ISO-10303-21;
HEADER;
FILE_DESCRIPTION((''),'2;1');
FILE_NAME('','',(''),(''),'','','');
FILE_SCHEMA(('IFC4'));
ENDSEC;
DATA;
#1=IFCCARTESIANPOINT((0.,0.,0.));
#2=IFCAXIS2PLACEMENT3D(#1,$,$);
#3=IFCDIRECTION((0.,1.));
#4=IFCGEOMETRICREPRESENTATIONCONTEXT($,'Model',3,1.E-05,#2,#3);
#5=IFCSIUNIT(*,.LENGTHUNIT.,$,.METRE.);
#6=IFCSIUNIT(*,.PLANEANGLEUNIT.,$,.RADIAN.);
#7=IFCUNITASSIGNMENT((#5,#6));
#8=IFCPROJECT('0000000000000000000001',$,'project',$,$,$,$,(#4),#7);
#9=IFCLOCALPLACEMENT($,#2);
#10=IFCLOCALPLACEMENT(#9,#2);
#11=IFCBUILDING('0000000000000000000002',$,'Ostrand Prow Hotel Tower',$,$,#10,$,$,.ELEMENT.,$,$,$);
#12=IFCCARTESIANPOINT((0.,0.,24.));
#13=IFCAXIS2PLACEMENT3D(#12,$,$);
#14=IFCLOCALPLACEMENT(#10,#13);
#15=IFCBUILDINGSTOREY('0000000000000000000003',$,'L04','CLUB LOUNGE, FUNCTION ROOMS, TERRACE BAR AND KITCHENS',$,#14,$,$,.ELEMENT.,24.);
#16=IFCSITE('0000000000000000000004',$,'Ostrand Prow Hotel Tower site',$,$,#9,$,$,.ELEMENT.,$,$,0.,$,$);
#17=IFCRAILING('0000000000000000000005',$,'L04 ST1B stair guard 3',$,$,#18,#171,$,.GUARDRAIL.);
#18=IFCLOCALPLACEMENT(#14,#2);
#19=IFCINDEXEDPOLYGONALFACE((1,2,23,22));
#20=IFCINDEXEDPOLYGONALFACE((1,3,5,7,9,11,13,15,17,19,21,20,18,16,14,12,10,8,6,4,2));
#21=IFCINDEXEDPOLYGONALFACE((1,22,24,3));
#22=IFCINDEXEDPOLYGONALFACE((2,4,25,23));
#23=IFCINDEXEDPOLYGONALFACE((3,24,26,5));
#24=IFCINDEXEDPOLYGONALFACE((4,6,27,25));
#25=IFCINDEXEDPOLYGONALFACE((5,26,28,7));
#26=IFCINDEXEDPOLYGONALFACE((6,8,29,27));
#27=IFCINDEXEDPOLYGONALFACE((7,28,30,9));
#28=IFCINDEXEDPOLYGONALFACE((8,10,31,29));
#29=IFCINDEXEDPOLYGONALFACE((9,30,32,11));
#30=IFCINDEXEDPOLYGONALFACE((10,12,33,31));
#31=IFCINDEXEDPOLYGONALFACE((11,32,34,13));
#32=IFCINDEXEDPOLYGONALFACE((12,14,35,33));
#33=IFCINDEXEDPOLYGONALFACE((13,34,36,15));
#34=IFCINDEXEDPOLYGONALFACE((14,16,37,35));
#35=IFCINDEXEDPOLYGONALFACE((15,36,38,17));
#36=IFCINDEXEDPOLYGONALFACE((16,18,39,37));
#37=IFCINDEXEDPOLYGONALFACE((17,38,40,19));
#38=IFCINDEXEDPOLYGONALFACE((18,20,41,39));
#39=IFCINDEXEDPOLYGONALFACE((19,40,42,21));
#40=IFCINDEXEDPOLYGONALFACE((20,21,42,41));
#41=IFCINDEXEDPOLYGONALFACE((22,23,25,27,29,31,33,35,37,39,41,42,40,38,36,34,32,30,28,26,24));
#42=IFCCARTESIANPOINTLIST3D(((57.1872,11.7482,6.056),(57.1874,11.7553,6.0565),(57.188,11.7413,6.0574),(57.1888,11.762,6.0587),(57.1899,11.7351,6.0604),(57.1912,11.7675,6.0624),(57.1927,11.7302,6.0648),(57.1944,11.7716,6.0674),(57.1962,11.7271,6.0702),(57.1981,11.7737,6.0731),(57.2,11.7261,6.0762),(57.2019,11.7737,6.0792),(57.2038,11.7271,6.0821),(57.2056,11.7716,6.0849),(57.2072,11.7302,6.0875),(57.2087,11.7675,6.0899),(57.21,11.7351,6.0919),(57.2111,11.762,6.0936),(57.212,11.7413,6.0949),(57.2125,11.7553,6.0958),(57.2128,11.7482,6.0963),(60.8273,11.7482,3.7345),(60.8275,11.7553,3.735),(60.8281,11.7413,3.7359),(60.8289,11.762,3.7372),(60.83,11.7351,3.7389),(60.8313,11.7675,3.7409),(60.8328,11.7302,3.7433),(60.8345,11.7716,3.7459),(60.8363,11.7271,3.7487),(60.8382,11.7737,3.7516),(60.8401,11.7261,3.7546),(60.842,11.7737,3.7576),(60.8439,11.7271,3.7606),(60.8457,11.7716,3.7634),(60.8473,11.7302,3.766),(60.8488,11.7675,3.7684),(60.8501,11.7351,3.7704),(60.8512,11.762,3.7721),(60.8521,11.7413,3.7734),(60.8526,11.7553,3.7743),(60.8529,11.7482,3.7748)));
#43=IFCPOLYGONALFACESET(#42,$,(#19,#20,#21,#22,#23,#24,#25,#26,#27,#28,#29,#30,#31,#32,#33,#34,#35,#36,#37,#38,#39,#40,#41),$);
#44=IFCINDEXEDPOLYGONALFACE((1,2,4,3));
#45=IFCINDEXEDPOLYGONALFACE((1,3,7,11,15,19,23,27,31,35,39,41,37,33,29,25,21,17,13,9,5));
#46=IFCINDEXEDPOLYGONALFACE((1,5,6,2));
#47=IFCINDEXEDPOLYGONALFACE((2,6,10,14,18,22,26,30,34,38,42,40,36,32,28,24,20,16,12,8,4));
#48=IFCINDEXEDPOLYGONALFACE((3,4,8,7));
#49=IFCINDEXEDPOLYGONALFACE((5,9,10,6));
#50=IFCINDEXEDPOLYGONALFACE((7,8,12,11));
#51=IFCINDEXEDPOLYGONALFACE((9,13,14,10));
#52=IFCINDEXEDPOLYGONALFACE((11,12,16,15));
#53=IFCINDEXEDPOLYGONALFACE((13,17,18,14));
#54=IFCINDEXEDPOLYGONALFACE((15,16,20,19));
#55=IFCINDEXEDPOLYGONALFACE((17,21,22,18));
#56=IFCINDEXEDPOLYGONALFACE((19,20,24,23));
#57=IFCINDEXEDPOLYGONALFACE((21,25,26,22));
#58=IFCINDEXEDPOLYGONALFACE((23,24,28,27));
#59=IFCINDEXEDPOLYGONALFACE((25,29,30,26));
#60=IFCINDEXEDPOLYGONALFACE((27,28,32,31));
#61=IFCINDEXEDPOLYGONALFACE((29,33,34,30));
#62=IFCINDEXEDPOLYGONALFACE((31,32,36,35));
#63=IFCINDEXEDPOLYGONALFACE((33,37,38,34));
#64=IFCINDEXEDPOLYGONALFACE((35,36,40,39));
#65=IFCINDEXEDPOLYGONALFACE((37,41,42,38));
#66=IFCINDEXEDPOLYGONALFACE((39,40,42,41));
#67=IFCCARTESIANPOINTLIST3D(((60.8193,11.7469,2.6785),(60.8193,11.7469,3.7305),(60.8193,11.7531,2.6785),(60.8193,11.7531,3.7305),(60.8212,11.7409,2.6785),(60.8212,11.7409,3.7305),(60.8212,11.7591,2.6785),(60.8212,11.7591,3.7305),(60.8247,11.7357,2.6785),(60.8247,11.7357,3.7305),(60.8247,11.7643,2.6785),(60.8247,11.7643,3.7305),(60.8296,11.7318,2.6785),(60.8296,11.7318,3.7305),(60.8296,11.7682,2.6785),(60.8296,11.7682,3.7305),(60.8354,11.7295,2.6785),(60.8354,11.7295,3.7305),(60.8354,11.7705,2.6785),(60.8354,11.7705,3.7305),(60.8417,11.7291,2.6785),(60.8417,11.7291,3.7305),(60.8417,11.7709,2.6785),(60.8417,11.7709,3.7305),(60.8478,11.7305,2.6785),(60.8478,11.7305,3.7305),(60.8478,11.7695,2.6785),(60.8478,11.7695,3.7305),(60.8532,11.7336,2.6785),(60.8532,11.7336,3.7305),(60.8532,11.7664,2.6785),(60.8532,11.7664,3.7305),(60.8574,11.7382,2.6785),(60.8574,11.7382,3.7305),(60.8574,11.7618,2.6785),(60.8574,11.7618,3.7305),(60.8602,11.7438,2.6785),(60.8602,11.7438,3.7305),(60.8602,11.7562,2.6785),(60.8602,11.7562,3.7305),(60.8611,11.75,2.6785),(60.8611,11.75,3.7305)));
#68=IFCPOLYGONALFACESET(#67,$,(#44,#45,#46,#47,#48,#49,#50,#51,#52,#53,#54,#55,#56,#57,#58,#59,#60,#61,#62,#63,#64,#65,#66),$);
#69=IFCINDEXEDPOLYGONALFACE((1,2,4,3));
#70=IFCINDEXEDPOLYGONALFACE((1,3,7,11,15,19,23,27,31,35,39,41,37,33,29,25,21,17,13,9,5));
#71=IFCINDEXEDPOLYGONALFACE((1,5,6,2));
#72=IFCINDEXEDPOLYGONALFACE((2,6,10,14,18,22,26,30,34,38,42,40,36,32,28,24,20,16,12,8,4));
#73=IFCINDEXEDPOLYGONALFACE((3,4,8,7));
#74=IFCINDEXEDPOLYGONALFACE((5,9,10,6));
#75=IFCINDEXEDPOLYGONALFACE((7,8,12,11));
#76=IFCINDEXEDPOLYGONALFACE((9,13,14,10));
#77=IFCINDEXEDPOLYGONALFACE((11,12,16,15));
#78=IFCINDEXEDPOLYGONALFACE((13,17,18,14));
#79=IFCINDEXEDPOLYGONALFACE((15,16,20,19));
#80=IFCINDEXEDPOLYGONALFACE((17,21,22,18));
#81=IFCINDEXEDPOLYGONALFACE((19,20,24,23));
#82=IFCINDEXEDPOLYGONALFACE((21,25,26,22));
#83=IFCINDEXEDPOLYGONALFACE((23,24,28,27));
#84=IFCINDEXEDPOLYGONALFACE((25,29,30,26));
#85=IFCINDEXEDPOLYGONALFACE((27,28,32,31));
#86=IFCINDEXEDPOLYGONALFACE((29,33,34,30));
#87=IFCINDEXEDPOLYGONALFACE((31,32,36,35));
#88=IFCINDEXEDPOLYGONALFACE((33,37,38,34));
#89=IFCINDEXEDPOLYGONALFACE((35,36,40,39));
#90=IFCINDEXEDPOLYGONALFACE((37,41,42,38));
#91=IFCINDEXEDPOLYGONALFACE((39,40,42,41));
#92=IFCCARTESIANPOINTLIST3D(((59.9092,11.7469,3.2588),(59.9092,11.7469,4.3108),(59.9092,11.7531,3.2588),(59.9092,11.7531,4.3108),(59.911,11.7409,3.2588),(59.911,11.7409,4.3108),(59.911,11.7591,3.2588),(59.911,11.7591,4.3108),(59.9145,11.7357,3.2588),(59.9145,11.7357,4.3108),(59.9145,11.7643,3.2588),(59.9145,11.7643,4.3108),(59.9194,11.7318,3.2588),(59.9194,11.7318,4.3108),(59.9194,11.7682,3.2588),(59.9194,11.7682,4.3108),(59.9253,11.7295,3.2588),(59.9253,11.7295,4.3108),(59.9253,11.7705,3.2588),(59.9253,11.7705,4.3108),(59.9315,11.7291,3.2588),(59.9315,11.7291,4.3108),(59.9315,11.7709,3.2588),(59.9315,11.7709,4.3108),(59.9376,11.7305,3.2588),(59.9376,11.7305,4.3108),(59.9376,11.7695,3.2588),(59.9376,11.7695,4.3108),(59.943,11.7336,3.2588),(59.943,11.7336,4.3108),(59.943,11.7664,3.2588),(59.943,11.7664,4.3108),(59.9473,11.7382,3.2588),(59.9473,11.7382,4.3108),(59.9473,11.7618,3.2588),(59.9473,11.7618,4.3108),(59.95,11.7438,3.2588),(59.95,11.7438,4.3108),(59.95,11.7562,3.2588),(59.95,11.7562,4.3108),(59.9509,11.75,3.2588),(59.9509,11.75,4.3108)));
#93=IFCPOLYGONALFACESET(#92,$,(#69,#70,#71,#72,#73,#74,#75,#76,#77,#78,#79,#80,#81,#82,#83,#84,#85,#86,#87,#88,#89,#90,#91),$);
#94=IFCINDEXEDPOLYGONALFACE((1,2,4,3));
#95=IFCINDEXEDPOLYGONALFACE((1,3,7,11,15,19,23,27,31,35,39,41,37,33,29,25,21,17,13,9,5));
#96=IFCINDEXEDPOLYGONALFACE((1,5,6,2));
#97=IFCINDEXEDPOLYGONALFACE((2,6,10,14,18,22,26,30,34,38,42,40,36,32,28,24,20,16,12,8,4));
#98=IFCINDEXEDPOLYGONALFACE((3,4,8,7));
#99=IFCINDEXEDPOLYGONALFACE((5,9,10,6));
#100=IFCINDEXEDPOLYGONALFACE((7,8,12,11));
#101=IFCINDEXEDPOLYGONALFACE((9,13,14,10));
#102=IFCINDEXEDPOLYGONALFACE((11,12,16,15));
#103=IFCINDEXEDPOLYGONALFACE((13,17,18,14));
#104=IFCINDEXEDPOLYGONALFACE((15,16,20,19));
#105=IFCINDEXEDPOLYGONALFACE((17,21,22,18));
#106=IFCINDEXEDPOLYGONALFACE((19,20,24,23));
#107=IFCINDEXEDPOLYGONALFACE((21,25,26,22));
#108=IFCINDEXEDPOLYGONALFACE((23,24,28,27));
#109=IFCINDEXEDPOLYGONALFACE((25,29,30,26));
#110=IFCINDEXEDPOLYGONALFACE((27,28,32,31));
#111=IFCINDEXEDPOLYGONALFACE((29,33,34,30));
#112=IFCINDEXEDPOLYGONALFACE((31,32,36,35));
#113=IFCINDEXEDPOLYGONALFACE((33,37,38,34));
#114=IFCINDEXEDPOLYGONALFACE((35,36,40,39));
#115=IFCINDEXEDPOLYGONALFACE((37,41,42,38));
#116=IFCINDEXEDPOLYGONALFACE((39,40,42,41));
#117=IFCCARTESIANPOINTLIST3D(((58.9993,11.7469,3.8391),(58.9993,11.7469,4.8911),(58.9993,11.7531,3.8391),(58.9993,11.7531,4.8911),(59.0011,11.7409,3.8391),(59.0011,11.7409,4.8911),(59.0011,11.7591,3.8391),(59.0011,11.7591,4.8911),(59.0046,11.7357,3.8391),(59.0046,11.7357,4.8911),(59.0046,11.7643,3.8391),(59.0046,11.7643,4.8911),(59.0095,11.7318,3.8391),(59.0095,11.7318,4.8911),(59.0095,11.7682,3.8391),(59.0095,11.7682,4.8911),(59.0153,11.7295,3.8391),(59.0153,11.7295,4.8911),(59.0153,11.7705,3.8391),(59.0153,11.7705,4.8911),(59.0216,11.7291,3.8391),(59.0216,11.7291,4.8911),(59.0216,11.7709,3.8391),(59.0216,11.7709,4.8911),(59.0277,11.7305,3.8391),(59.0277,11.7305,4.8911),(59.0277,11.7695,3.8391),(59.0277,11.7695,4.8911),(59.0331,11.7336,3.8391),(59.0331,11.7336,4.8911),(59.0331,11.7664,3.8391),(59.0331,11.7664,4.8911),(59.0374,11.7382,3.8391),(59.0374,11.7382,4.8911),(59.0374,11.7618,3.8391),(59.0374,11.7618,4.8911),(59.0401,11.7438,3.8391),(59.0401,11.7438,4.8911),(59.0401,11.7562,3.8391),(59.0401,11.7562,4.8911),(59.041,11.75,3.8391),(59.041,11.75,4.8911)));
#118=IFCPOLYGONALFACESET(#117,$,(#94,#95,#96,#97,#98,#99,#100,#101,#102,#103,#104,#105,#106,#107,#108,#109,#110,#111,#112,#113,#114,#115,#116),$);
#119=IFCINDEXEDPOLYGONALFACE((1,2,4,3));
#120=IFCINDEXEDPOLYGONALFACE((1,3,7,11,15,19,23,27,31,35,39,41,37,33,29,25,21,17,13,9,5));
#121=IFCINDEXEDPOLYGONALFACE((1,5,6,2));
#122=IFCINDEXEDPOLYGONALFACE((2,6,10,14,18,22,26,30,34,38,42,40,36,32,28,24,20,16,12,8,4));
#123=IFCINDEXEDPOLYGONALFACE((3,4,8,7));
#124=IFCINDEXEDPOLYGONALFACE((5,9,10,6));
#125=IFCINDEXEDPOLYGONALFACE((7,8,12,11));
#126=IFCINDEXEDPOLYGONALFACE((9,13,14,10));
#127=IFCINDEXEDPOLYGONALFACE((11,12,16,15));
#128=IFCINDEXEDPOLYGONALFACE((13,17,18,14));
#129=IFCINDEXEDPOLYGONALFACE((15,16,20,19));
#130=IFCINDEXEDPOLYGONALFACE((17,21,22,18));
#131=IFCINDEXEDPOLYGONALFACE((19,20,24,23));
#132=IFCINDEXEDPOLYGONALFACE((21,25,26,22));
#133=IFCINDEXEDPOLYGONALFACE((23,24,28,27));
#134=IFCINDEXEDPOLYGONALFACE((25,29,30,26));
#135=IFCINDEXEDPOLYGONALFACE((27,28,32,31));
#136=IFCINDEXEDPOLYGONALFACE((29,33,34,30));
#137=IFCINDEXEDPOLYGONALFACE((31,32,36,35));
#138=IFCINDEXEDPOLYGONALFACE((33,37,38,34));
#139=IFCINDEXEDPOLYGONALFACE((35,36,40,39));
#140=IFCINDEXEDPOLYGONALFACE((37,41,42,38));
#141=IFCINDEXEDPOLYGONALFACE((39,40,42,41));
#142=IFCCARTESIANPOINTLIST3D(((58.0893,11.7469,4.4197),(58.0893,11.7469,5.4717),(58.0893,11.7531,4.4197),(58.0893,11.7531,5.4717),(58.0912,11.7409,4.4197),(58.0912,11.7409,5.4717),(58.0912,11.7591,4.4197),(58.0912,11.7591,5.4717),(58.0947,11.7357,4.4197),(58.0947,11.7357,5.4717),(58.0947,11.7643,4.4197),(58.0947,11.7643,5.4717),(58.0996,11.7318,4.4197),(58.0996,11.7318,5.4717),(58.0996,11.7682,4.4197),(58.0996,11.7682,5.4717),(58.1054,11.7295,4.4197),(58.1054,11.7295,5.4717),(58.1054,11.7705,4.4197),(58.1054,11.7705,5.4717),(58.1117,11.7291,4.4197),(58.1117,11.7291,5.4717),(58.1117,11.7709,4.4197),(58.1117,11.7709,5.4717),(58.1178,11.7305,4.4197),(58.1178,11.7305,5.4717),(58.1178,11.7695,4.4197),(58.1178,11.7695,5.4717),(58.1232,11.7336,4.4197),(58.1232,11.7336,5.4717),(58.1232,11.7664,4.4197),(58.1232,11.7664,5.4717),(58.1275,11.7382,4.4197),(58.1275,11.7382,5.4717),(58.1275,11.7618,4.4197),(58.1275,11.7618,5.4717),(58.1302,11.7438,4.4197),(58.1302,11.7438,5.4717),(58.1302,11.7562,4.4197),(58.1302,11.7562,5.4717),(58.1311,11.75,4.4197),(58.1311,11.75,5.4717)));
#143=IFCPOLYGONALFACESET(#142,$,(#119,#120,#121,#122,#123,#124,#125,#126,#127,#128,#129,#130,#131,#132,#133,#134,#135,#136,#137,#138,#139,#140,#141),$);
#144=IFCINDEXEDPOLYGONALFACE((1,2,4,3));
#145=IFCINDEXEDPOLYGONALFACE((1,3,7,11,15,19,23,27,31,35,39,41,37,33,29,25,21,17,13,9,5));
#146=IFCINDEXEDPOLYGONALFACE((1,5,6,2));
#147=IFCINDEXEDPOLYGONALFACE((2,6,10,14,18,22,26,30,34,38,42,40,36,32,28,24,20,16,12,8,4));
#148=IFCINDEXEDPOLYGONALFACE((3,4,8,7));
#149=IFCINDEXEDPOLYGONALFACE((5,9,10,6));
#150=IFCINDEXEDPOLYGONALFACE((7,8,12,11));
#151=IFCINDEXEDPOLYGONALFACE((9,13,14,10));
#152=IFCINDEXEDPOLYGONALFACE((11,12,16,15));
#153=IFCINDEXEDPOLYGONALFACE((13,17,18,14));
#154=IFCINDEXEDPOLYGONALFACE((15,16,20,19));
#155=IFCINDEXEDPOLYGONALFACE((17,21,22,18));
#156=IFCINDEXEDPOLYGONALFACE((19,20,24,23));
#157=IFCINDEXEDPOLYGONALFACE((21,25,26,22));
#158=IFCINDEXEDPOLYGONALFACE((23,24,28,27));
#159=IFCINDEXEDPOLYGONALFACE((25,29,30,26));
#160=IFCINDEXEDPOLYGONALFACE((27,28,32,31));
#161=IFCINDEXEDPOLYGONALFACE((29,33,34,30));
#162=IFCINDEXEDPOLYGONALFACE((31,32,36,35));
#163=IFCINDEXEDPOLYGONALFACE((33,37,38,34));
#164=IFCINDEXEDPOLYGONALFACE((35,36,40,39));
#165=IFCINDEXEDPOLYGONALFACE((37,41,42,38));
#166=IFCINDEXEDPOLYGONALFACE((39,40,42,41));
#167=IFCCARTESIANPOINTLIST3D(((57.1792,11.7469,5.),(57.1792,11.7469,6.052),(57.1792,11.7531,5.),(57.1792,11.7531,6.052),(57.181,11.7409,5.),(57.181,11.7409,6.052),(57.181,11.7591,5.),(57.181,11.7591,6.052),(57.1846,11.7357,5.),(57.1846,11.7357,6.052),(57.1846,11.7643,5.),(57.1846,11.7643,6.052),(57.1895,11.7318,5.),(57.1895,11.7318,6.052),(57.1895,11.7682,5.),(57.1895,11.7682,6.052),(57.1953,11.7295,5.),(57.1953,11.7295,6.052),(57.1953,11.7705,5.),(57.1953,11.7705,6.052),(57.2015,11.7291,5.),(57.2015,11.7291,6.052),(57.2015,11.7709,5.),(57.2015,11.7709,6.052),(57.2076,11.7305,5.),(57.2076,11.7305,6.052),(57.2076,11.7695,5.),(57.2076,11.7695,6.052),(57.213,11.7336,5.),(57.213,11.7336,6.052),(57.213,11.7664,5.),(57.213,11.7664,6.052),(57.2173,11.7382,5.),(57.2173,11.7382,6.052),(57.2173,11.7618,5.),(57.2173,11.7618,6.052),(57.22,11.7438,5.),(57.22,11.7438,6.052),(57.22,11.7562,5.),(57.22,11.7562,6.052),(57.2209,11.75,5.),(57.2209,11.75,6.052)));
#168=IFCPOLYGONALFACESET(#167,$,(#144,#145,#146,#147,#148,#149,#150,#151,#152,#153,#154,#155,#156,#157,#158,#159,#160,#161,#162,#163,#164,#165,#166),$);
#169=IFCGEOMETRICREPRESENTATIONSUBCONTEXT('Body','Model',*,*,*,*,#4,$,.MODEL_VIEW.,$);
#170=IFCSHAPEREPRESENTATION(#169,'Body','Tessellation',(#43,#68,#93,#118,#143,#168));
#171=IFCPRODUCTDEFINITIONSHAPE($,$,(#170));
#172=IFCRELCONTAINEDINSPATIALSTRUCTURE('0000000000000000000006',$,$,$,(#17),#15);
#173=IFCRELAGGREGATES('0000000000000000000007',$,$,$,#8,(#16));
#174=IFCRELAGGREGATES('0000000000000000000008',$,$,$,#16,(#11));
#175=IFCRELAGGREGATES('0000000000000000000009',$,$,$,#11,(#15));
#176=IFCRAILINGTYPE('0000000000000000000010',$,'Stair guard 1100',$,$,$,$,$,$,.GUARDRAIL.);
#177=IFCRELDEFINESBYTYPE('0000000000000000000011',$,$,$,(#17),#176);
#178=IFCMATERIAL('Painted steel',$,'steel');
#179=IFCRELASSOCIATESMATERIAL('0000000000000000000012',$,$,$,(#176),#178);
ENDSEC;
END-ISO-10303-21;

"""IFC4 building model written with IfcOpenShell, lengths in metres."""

from ifc_helpers import new_model, si_unit, direction, frame, origin, origin_2d, place, context, subcontext, project, spatial, circle, extrude, material, type_object, element, save


model = new_model("IFC4")

# Units and contexts
model_context = context("Model", 3, precision=1e-05, world=origin(), true_north=direction((0.0, 1.0)))
body_context = subcontext(model_context, "Body", "Model", "MODEL_VIEW")
ifc_project = project(units=[si_unit("LENGTHUNIT", "METRE"), si_unit("PLANEANGLEUNIT", "RADIAN")], contexts=[model_context])

# Site, building, storey
site_placement = place(None, origin())
site = spatial("IfcSite", under=ifc_project, at=site_placement, Name="Ostrand Prow Hotel Tower site", CompositionType="ELEMENT", RefElevation=0.0)
building_placement = place(site_placement, origin())
building = spatial("IfcBuilding", under=site, at=building_placement, Name="Ostrand Prow Hotel Tower", CompositionType="ELEMENT")
storey_placement = place(building_placement, frame((0.0, 0.0, 24.0)))
storey = spatial("IfcBuildingStorey", under=building, at=storey_placement, Name="L04", Description="CLUB LOUNGE, FUNCTION ROOMS, TERRACE BAR AND KITCHENS", CompositionType="ELEMENT", Elevation=24.0)

# Railing
ifc_material_1 = material(Name="Painted steel", Category="steel")
railing_type_1 = type_object("IfcRailingType", Name="Stair guard 1100", PredefinedType="GUARDRAIL", material=ifc_material_1)
railing_1_placement = place(storey_placement, frame((60.8401, 11.75, 2.6785)))
element("IfcRailing", 1, at=railing_1_placement, inside=storey, type_object=railing_type_1, Name="L04 ST1B stair guard 3", PredefinedType="GUARDRAIL", context=body_context, shape_type="SweptSolid", body=[
    extrude(circle(Radius=0.0239, at=origin_2d()), frame((0.0, 0.0, 1.0762), z_axis=(-0.843128, 0.0, 0.537713), x_axis=(0.0, -1.0, 0.0)), (0.0, 0.0, 1.0), 4.3174),
    extrude(circle(Radius=0.021, at=origin_2d()), origin(), (0.0, 0.0, 1.0), 1.052),
    extrude(circle(Radius=0.021, at=origin_2d()), frame((-0.9102, 0.0, 0.5803)), (0.0, 0.0, 1.0), 1.052),
    extrude(circle(Radius=0.021, at=origin_2d()), frame((-1.8201, 0.0, 1.1606)), (0.0, 0.0, 1.0), 1.052),
    extrude(circle(Radius=0.021, at=origin_2d()), frame((-2.73, 0.0, 1.7412)), (0.0, 0.0, 1.0), 1.052),
    extrude(circle(Radius=0.021, at=origin_2d()), frame((-3.6401, 0.0, 2.3215)), (0.0, 0.0, 1.0), 1.052),
])

save(model, "model.ifc")
